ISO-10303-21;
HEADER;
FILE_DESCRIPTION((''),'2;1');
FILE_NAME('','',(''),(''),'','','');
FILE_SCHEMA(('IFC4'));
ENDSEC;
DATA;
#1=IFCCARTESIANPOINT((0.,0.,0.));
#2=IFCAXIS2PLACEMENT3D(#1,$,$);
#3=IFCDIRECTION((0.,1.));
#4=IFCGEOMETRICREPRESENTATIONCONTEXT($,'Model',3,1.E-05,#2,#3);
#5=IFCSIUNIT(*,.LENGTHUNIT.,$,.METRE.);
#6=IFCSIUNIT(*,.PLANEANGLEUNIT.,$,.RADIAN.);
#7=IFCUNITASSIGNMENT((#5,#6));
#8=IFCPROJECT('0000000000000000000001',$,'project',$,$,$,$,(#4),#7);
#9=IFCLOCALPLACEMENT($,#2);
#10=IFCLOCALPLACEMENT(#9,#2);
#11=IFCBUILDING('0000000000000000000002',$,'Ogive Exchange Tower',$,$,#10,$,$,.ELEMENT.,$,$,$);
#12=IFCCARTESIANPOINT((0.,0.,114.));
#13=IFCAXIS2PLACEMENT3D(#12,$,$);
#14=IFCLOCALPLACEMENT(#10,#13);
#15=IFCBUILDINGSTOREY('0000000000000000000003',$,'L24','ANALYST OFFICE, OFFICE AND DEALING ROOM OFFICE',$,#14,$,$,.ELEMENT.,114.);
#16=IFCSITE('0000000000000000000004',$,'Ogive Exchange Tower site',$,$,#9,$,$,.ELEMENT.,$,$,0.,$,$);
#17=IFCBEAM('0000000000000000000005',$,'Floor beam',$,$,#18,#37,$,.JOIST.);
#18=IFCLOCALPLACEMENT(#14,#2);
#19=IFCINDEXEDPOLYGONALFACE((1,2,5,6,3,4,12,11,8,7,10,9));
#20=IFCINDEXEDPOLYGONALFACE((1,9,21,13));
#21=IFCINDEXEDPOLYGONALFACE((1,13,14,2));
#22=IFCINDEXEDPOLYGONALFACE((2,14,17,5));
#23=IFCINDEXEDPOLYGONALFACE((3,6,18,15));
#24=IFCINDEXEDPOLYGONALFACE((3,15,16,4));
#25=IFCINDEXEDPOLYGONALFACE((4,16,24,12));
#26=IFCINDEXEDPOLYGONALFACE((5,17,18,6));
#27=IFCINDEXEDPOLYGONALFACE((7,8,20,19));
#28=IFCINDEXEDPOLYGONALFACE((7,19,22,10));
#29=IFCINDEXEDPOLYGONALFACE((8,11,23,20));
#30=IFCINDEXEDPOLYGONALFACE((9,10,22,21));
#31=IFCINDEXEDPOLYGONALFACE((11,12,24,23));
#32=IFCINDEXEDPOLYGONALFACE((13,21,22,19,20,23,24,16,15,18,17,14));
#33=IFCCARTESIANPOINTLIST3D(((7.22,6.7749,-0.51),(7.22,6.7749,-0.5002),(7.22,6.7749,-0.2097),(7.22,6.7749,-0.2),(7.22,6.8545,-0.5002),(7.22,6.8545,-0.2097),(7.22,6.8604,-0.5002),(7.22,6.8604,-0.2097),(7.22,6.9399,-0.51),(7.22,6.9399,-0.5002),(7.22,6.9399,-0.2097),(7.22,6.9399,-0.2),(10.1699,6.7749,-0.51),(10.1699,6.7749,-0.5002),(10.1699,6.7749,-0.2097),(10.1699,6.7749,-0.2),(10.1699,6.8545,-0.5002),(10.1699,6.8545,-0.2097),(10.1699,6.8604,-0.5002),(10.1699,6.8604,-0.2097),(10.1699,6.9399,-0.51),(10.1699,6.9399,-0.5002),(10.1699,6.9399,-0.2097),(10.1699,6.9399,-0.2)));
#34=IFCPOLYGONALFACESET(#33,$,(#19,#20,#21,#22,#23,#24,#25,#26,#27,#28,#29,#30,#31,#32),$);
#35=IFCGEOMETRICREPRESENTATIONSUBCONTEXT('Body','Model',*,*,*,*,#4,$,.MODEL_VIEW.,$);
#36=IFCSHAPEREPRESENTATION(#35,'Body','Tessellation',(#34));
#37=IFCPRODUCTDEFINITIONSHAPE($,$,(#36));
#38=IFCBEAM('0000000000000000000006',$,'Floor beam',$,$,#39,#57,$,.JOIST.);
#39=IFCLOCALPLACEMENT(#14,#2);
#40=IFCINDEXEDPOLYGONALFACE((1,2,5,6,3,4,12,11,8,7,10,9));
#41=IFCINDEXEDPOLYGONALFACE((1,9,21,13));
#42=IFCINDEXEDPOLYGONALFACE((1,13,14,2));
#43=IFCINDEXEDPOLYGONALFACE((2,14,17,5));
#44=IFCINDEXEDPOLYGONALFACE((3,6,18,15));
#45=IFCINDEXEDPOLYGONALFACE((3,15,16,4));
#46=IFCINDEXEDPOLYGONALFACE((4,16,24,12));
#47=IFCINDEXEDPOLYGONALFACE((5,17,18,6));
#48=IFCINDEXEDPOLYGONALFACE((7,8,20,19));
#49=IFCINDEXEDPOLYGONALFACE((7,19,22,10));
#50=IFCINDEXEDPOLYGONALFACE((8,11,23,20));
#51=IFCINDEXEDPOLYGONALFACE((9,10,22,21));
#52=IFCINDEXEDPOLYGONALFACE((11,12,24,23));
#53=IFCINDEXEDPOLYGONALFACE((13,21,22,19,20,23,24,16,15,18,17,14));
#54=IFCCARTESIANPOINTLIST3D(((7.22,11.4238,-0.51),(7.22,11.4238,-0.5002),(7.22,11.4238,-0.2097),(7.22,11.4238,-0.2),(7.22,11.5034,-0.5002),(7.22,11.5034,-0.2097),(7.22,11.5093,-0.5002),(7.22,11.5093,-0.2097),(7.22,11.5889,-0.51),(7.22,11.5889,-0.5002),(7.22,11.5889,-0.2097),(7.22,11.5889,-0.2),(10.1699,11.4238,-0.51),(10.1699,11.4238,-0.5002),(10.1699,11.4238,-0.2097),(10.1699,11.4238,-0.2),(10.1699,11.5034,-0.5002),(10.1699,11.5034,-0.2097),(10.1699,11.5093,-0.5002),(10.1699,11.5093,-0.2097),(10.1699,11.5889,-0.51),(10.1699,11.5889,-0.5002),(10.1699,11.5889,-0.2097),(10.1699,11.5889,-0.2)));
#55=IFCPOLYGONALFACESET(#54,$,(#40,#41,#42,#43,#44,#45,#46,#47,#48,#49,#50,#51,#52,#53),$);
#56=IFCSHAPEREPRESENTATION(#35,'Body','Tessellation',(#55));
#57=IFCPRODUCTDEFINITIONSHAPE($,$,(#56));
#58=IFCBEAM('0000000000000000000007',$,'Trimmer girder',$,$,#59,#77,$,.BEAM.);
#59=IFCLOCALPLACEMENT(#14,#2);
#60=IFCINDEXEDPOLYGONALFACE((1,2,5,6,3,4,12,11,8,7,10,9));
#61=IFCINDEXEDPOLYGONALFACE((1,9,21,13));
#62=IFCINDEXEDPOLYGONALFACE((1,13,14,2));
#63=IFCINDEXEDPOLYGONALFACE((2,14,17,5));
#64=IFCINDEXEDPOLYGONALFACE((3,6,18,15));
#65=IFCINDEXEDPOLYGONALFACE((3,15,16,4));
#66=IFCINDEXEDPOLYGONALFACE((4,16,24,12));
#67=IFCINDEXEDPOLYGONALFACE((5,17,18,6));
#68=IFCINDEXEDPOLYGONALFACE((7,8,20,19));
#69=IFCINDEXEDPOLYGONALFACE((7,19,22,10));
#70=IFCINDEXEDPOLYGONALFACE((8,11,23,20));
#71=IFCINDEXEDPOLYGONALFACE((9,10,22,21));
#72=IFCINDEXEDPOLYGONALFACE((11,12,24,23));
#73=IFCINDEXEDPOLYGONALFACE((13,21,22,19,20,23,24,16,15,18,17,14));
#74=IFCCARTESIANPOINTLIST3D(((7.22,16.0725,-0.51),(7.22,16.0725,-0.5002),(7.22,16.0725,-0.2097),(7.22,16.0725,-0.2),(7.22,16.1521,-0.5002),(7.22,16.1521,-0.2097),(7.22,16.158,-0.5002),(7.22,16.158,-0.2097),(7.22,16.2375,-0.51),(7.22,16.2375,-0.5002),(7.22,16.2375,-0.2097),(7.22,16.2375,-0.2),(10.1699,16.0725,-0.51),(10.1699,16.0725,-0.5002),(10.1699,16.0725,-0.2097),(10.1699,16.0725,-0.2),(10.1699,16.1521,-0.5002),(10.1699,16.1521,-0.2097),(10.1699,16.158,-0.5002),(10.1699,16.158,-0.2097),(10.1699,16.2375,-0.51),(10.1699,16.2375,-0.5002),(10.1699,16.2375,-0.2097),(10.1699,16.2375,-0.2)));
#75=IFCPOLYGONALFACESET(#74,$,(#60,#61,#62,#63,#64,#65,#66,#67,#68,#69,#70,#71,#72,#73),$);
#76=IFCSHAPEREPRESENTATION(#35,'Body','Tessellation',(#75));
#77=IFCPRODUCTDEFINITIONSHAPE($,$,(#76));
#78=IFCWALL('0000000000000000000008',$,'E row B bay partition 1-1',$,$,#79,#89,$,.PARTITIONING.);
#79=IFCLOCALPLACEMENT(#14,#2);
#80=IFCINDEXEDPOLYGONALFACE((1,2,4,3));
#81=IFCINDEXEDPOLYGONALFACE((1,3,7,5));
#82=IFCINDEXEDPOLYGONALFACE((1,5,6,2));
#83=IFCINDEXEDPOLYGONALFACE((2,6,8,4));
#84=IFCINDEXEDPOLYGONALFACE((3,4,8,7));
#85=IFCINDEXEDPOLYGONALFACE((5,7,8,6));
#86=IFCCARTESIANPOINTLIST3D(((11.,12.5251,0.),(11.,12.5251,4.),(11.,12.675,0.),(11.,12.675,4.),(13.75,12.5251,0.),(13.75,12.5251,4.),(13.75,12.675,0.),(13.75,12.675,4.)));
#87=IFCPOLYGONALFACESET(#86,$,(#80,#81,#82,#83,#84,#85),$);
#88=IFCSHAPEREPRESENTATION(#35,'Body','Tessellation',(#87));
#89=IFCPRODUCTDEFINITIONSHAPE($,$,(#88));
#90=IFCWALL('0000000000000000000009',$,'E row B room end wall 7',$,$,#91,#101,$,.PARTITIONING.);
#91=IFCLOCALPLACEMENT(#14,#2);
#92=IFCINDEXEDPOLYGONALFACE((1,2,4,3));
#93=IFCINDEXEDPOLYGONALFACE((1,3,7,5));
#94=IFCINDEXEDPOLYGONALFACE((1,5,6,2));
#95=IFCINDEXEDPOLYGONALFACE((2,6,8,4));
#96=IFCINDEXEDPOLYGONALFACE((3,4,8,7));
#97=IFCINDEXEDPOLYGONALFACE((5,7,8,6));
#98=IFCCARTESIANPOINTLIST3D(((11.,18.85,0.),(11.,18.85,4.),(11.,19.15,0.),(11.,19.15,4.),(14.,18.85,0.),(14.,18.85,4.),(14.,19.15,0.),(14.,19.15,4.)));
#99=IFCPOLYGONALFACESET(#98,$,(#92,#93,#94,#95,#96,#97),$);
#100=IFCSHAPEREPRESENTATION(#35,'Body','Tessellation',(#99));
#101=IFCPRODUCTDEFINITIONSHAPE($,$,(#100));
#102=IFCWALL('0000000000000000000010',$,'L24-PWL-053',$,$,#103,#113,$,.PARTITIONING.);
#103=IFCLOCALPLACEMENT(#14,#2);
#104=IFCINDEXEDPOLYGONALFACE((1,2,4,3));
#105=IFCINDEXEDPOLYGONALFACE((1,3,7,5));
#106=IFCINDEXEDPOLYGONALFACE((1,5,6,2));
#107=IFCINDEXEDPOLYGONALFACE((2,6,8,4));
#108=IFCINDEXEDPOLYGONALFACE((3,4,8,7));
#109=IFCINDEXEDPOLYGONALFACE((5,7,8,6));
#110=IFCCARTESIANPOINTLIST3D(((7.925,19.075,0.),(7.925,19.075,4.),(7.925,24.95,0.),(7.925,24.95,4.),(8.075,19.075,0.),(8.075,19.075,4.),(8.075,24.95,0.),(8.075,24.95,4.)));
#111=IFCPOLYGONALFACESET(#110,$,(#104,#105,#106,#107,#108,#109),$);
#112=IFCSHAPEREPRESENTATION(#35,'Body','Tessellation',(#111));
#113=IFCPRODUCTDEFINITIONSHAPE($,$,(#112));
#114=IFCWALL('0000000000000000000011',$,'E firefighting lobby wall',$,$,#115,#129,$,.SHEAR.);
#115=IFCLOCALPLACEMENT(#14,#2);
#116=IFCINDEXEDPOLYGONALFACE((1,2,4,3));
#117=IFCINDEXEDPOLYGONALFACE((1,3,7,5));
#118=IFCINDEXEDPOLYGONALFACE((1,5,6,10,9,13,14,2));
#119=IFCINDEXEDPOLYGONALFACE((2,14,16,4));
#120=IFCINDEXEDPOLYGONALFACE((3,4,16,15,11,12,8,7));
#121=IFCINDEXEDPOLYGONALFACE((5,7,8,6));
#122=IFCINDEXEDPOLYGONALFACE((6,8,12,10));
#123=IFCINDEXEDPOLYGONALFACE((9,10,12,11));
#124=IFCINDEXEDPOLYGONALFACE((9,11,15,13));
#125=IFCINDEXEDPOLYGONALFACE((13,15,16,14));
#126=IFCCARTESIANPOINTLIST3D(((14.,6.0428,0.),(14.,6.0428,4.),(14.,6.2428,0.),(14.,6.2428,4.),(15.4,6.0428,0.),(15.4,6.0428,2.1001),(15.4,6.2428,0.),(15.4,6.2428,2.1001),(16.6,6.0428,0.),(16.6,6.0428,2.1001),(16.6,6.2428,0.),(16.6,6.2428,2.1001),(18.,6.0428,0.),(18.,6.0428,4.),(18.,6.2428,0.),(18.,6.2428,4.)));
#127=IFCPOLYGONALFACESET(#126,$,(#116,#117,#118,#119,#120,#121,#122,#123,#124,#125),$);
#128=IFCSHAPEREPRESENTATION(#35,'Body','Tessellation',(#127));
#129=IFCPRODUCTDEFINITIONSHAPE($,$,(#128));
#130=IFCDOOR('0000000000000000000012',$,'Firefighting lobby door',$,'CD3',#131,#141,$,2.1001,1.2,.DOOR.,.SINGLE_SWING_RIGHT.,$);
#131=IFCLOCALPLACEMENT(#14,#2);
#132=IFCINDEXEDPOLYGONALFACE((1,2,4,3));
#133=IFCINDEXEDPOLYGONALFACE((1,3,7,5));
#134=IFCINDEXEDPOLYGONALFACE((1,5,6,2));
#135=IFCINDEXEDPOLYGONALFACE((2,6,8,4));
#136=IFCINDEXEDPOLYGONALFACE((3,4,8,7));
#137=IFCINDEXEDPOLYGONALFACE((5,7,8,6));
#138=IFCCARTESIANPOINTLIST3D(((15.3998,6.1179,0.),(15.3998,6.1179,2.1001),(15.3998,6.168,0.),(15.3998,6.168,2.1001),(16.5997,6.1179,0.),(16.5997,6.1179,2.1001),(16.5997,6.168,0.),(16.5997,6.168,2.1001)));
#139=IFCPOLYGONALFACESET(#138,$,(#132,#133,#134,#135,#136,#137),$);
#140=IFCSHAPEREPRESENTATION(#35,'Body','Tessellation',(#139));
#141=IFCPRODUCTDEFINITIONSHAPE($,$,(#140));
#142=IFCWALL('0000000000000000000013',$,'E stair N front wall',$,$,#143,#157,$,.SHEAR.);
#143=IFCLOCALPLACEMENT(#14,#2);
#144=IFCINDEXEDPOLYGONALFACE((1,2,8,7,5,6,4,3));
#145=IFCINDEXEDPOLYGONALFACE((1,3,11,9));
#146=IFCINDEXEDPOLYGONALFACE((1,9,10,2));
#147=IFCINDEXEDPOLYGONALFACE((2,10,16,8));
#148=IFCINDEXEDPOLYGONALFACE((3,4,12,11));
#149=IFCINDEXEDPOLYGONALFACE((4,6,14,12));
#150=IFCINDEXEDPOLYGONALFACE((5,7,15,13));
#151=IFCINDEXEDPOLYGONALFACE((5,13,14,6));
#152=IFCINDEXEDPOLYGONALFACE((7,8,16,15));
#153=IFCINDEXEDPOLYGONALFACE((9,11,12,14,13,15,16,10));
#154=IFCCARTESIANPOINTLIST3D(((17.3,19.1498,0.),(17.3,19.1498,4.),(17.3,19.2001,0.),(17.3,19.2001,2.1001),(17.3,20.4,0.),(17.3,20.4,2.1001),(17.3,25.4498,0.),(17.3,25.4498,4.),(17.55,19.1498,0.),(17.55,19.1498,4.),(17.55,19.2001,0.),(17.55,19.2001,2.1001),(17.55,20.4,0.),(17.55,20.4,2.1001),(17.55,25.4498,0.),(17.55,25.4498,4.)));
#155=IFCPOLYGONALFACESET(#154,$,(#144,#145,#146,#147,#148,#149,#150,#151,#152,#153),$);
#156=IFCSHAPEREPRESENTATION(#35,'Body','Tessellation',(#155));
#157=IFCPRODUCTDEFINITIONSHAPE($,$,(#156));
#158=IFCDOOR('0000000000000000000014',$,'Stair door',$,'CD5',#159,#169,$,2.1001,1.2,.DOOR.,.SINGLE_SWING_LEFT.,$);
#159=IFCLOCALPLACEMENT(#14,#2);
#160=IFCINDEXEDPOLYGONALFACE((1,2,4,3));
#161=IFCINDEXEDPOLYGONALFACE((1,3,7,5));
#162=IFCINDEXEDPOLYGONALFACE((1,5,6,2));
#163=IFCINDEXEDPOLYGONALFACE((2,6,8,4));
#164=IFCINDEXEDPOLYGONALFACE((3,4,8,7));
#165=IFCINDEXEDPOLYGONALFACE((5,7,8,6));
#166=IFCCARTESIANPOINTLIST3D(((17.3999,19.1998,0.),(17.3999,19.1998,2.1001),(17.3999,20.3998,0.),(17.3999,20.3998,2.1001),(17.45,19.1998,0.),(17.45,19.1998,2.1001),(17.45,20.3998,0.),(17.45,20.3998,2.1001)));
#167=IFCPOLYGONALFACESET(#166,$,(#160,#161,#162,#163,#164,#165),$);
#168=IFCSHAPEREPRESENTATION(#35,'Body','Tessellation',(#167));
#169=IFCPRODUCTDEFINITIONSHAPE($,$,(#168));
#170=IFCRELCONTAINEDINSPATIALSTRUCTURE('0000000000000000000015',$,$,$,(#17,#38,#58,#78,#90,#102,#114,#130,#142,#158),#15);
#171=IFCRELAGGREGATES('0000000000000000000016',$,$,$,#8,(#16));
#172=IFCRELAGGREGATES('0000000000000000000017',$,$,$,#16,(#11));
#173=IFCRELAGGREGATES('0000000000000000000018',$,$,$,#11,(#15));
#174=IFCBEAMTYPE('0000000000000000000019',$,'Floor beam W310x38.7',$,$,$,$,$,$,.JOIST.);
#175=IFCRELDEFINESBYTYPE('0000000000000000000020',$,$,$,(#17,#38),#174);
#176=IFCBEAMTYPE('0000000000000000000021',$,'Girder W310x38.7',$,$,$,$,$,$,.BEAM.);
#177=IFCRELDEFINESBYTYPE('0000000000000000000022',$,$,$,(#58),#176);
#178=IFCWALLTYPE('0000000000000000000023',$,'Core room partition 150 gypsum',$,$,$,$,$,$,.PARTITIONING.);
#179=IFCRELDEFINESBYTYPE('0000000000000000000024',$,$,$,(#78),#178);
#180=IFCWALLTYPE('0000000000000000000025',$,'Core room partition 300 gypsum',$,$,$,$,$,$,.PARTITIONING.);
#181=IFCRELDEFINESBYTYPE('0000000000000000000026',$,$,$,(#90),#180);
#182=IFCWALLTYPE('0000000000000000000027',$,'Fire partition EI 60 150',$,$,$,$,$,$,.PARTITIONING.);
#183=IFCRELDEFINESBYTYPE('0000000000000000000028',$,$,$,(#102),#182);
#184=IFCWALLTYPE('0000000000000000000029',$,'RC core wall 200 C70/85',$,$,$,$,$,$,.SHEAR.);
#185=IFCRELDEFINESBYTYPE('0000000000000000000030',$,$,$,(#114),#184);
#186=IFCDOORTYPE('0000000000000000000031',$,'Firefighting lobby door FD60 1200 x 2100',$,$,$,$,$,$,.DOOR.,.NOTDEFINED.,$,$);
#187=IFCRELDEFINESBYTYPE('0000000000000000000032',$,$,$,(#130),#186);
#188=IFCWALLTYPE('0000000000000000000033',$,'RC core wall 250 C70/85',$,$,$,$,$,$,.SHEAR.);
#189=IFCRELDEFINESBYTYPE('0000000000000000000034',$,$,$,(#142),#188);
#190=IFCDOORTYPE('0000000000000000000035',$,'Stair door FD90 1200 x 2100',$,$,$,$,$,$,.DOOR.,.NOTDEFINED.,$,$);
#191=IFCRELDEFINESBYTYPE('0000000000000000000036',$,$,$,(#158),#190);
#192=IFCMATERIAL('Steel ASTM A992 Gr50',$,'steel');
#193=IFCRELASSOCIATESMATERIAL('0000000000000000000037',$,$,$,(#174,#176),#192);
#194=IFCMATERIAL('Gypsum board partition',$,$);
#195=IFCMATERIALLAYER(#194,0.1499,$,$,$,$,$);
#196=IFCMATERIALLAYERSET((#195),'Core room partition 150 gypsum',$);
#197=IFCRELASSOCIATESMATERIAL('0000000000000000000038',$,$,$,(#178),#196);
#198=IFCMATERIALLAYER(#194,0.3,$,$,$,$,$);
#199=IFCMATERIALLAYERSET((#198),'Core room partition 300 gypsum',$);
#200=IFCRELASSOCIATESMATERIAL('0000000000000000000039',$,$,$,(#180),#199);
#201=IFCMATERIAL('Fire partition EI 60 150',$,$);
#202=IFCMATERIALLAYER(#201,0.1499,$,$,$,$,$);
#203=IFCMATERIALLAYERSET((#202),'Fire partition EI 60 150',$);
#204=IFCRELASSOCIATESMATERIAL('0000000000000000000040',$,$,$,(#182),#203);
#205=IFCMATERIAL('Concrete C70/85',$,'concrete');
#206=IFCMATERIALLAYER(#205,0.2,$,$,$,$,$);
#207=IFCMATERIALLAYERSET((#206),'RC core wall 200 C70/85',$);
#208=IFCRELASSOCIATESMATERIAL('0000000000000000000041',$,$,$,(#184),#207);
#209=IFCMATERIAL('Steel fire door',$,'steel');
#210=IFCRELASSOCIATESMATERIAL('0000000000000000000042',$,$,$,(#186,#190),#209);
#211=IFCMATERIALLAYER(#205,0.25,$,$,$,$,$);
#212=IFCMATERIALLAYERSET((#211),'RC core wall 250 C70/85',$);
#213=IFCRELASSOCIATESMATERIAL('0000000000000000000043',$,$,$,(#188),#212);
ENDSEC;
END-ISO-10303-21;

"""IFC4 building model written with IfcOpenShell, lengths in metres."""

from ifc_helpers import new_model, si_unit, direction, frame, frame_2d, origin, origin_2d, place, context, subcontext, project, spatial, rectangle, i_section, extrude, material, layer, layer_set, material_profile, profile_set, type_object, element, fill, save


model = new_model("IFC4")

# Units and contexts
model_context = context("Model", 3, precision=1e-05, world=origin(), true_north=direction((0.0, 1.0)))
body_context = subcontext(model_context, "Body", "Model", "MODEL_VIEW")
ifc_project = project(units=[si_unit("LENGTHUNIT", "METRE"), si_unit("PLANEANGLEUNIT", "RADIAN")], contexts=[model_context])

# Site, building, storey
site_placement = place(None, origin())
site = spatial("IfcSite", under=ifc_project, at=site_placement, Name="Ogive Exchange Tower site", CompositionType="ELEMENT", RefElevation=0.0)
building_placement = place(site_placement, origin())
building = spatial("IfcBuilding", under=site, at=building_placement, Name="Ogive Exchange Tower", CompositionType="ELEMENT")
storey_placement = place(building_placement, frame((0.0, 0.0, 114.0)))
storey = spatial("IfcBuildingStorey", under=building, at=storey_placement, Name="L24", Description="ANALYST OFFICE, OFFICE AND DEALING ROOM OFFICE", CompositionType="ELEMENT", Elevation=114.0)

# Beams
ifc_material_1 = material(Name="Steel ASTM A992 Gr50", Category="steel")
ifc_material_profile_1 = material_profile(ifc_material_1, i_section(OverallWidth=0.165, OverallDepth=0.3101, WebThickness=0.0059, FlangeThickness=0.0098, at=origin_2d()), Name="W310x38.7")
ifc_profile_set_1 = profile_set([ifc_material_profile_1], Name="Steel ASTM A992 Gr50")
beam_type_1 = type_object("IfcBeamType", Name="Floor beam W310x38.7", PredefinedType="JOIST", material=ifc_profile_set_1)
for number, where, z_axis, x_axis, name in (
    (1, (7.22, 6.8574, -0.355), (1.0, 0.0, 0.0), (0.0, 1.0, 0.0), "Floor beam"),
    (2, (7.22, 11.5063, -0.355), (1.0, 0.0, 0.0), (0.0, 1.0, 0.0), "Floor beam"),
):
    element("IfcBeam", number, at=place(storey_placement, frame(where, z_axis=z_axis, x_axis=x_axis)), inside=storey, type_object=beam_type_1, Name=name, PredefinedType="JOIST", context=body_context, shape_type="SweptSolid", body=[
        extrude(i_section(OverallWidth=0.165, OverallDepth=0.3101, WebThickness=0.0059, FlangeThickness=0.0098, at=origin_2d()), origin(), (0.0, 0.0, 1.0), 2.95),
    ])
ifc_material_profile_2 = material_profile(ifc_material_1, i_section(OverallWidth=0.165, OverallDepth=0.3101, WebThickness=0.0059, FlangeThickness=0.0098, at=origin_2d()), Name="W310x38.7")
ifc_profile_set_2 = profile_set([ifc_material_profile_2], Name="Steel ASTM A992 Gr50")
beam_type_2 = type_object("IfcBeamType", Name="Girder W310x38.7", PredefinedType="BEAM", material=ifc_profile_set_2)
beam_placement = place(storey_placement, frame((7.22, 16.155, -0.355), z_axis=(1.0, 0.0, 0.0), x_axis=(0.0, 1.0, 0.0)))
element("IfcBeam", 3, at=beam_placement, inside=storey, type_object=beam_type_2, Name="Trimmer girder", PredefinedType="BEAM", context=body_context, shape_type="SweptSolid", body=[
    extrude(i_section(OverallWidth=0.165, OverallDepth=0.3101, WebThickness=0.0059, FlangeThickness=0.0098, at=origin_2d()), origin(), (0.0, 0.0, 1.0), 2.95),
])

# Walls
ifc_material_2 = material(Name="Gypsum board partition")
ifc_layer_1 = layer(ifc_material_2, 0.1499)
ifc_layer_set_1 = layer_set([ifc_layer_1], Name="Core room partition 150 gypsum")
wall_type_1 = type_object("IfcWallType", Name="Core room partition 150 gypsum", PredefinedType="PARTITIONING", material=ifc_layer_set_1)
wall_1_placement = place(storey_placement, frame((11.0, 12.6001, 0.0), z_axis=(0.0, 0.0, 1.0), x_axis=(1.0, 0.0, 0.0)))
element("IfcWall", 4, at=wall_1_placement, inside=storey, type_object=wall_type_1, Name="E row B bay partition 1-1", PredefinedType="PARTITIONING", context=body_context, shape_type="SweptSolid", body=[
    extrude(rectangle(XDim=2.75, YDim=0.1499, at=frame_2d((1.375, 0.0))), origin(), (0.0, 0.0, 1.0), 4.0),
])
ifc_layer_2 = layer(ifc_material_2, 0.3)
ifc_layer_set_2 = layer_set([ifc_layer_2], Name="Core room partition 300 gypsum")
wall_type_2 = type_object("IfcWallType", Name="Core room partition 300 gypsum", PredefinedType="PARTITIONING", material=ifc_layer_set_2)
wall_2_placement = place(storey_placement, frame((11.0, 19.0, 0.0), z_axis=(0.0, 0.0, 1.0), x_axis=(1.0, 0.0, 0.0)))
element("IfcWall", 5, at=wall_2_placement, inside=storey, type_object=wall_type_2, Name="E row B room end wall 7", PredefinedType="PARTITIONING", context=body_context, shape_type="SweptSolid", body=[
    extrude(rectangle(XDim=3.0, YDim=0.3, at=frame_2d((1.5, 0.0))), origin(), (0.0, 0.0, 1.0), 4.0),
])
ifc_material_3 = material(Name="Fire partition EI 60 150")
ifc_layer_3 = layer(ifc_material_3, 0.1499)
ifc_layer_set_3 = layer_set([ifc_layer_3], Name="Fire partition EI 60 150")
wall_type_3 = type_object("IfcWallType", Name="Fire partition EI 60 150", PredefinedType="PARTITIONING", material=ifc_layer_set_3)
wall_3_placement = place(storey_placement, frame((8.0, 19.075, 0.0), z_axis=(0.0, 0.0, 1.0), x_axis=(0.0, 1.0, 0.0)))
element("IfcWall", 6, at=wall_3_placement, inside=storey, type_object=wall_type_3, Name="L24-PWL-053", PredefinedType="PARTITIONING", context=body_context, shape_type="SweptSolid", body=[
    extrude(rectangle(XDim=5.875, YDim=0.1499, at=frame_2d((2.9375, 0.0))), origin(), (0.0, 0.0, 1.0), 4.0),
])

# Walls, openings, doors
ifc_material_4 = material(Name="Concrete C70/85", Category="concrete")
ifc_layer_4 = layer(ifc_material_4, 0.2)
ifc_layer_set_4 = layer_set([ifc_layer_4], Name="RC core wall 200 C70/85")
wall_type_4 = type_object("IfcWallType", Name="RC core wall 200 C70/85", PredefinedType="SHEAR", material=ifc_layer_set_4)
wall_4_placement = place(storey_placement, frame((14.0, 6.1428, 0.0), z_axis=(0.0, 0.0, 1.0), x_axis=(1.0, 0.0, 0.0)))
wall_4 = element("IfcWall", 7, at=wall_4_placement, inside=storey, type_object=wall_type_4, Name="E firefighting lobby wall", PredefinedType="SHEAR", context=body_context, shape_type="SweptSolid", body=[
    extrude(rectangle(XDim=4.0, YDim=0.2, at=frame_2d((2.0, 0.0))), origin(), (0.0, 0.0, 1.0), 4.0),
])
opening_1_placement = place(wall_4_placement, frame((1.3999, 0.0, 0.0)))
opening_1 = element("IfcOpeningElement", 8, at=opening_1_placement, cuts=wall_4, PredefinedType="OPENING", context=body_context, shape_type="SweptSolid", body=[
    extrude(rectangle(XDim=1.2, YDim=2.1001, at=frame_2d((0.6001, 1.05))), frame((0.0, 0.1099, 0.0), z_axis=(0.0, -1.0, 0.0), x_axis=(1.0, 0.0, 0.0)), (0.0, 0.0, 1.0), 0.22),
])
ifc_material_5 = material(Name="Steel fire door", Category="steel")
door_type_1 = type_object("IfcDoorType", Name="Firefighting lobby door FD60 1200 x 2100", OperationType="NOTDEFINED", PredefinedType="DOOR", material=ifc_material_5)
door_1_placement = place(opening_1_placement, frame((1.2, 0.0, 0.0), z_axis=(0.0, 0.0, 1.0), x_axis=(-1.0, 0.0, 0.0)))
door_1 = element("IfcDoor", 9, at=door_1_placement, inside=storey, type_object=door_type_1, Name="Firefighting lobby door", ObjectType="CD3", OperationType="SINGLE_SWING_RIGHT", OverallHeight=2.1001, OverallWidth=1.2, PredefinedType="DOOR", context=body_context, shape_type="SweptSolid", body=[
    extrude(rectangle(XDim=1.2, YDim=2.1001, at=frame_2d((0.6001, 1.05))), frame((0.0, 0.0249, 0.0), z_axis=(0.0, -1.0, 0.0), x_axis=(1.0, 0.0, 0.0)), (0.0, 0.0, 1.0), 0.05),
])
fill(opening_1, door_1)
ifc_layer_5 = layer(ifc_material_4, 0.25)
ifc_layer_set_5 = layer_set([ifc_layer_5], Name="RC core wall 250 C70/85")
wall_type_5 = type_object("IfcWallType", Name="RC core wall 250 C70/85", PredefinedType="SHEAR", material=ifc_layer_set_5)
wall_5_placement = place(storey_placement, frame((17.425, 19.1499, 0.0), z_axis=(0.0, 0.0, 1.0), x_axis=(0.0, 1.0, 0.0)))
wall_5 = element("IfcWall", 10, at=wall_5_placement, inside=storey, type_object=wall_type_5, Name="E stair N front wall", PredefinedType="SHEAR", context=body_context, shape_type="SweptSolid", body=[
    extrude(rectangle(XDim=6.3, YDim=0.25, at=frame_2d((3.1499, 0.0))), origin(), (0.0, 0.0, 1.0), 4.0),
])
opening_2_placement = place(wall_5_placement, frame((0.05, 0.0, 0.0)))
opening_2 = element("IfcOpeningElement", 11, at=opening_2_placement, cuts=wall_5, PredefinedType="OPENING", context=body_context, shape_type="SweptSolid", body=[
    extrude(rectangle(XDim=1.2, YDim=2.1001, at=frame_2d((0.6001, 1.05))), frame((0.0, 0.135, 0.0), z_axis=(0.0, -1.0, 0.0), x_axis=(1.0, 0.0, 0.0)), (0.0, 0.0, 1.0), 0.27),
])
door_type_2 = type_object("IfcDoorType", Name="Stair door FD90 1200 x 2100", OperationType="NOTDEFINED", PredefinedType="DOOR", material=ifc_material_5)
door_2_placement = place(opening_2_placement, frame((1.2, 0.0, 0.0), z_axis=(0.0, 0.0, 1.0), x_axis=(-1.0, 0.0, 0.0)))
door_2 = element("IfcDoor", 12, at=door_2_placement, inside=storey, type_object=door_type_2, Name="Stair door", ObjectType="CD5", OperationType="SINGLE_SWING_LEFT", OverallHeight=2.1001, OverallWidth=1.2, PredefinedType="DOOR", context=body_context, shape_type="SweptSolid", body=[
    extrude(rectangle(XDim=1.2, YDim=2.1001, at=frame_2d((0.6001, 1.05))), frame((0.0, 0.0249, 0.0), z_axis=(0.0, -1.0, 0.0), x_axis=(1.0, 0.0, 0.0)), (0.0, 0.0, 1.0), 0.05),
])
fill(opening_2, door_2)

save(model, "model.ifc")
